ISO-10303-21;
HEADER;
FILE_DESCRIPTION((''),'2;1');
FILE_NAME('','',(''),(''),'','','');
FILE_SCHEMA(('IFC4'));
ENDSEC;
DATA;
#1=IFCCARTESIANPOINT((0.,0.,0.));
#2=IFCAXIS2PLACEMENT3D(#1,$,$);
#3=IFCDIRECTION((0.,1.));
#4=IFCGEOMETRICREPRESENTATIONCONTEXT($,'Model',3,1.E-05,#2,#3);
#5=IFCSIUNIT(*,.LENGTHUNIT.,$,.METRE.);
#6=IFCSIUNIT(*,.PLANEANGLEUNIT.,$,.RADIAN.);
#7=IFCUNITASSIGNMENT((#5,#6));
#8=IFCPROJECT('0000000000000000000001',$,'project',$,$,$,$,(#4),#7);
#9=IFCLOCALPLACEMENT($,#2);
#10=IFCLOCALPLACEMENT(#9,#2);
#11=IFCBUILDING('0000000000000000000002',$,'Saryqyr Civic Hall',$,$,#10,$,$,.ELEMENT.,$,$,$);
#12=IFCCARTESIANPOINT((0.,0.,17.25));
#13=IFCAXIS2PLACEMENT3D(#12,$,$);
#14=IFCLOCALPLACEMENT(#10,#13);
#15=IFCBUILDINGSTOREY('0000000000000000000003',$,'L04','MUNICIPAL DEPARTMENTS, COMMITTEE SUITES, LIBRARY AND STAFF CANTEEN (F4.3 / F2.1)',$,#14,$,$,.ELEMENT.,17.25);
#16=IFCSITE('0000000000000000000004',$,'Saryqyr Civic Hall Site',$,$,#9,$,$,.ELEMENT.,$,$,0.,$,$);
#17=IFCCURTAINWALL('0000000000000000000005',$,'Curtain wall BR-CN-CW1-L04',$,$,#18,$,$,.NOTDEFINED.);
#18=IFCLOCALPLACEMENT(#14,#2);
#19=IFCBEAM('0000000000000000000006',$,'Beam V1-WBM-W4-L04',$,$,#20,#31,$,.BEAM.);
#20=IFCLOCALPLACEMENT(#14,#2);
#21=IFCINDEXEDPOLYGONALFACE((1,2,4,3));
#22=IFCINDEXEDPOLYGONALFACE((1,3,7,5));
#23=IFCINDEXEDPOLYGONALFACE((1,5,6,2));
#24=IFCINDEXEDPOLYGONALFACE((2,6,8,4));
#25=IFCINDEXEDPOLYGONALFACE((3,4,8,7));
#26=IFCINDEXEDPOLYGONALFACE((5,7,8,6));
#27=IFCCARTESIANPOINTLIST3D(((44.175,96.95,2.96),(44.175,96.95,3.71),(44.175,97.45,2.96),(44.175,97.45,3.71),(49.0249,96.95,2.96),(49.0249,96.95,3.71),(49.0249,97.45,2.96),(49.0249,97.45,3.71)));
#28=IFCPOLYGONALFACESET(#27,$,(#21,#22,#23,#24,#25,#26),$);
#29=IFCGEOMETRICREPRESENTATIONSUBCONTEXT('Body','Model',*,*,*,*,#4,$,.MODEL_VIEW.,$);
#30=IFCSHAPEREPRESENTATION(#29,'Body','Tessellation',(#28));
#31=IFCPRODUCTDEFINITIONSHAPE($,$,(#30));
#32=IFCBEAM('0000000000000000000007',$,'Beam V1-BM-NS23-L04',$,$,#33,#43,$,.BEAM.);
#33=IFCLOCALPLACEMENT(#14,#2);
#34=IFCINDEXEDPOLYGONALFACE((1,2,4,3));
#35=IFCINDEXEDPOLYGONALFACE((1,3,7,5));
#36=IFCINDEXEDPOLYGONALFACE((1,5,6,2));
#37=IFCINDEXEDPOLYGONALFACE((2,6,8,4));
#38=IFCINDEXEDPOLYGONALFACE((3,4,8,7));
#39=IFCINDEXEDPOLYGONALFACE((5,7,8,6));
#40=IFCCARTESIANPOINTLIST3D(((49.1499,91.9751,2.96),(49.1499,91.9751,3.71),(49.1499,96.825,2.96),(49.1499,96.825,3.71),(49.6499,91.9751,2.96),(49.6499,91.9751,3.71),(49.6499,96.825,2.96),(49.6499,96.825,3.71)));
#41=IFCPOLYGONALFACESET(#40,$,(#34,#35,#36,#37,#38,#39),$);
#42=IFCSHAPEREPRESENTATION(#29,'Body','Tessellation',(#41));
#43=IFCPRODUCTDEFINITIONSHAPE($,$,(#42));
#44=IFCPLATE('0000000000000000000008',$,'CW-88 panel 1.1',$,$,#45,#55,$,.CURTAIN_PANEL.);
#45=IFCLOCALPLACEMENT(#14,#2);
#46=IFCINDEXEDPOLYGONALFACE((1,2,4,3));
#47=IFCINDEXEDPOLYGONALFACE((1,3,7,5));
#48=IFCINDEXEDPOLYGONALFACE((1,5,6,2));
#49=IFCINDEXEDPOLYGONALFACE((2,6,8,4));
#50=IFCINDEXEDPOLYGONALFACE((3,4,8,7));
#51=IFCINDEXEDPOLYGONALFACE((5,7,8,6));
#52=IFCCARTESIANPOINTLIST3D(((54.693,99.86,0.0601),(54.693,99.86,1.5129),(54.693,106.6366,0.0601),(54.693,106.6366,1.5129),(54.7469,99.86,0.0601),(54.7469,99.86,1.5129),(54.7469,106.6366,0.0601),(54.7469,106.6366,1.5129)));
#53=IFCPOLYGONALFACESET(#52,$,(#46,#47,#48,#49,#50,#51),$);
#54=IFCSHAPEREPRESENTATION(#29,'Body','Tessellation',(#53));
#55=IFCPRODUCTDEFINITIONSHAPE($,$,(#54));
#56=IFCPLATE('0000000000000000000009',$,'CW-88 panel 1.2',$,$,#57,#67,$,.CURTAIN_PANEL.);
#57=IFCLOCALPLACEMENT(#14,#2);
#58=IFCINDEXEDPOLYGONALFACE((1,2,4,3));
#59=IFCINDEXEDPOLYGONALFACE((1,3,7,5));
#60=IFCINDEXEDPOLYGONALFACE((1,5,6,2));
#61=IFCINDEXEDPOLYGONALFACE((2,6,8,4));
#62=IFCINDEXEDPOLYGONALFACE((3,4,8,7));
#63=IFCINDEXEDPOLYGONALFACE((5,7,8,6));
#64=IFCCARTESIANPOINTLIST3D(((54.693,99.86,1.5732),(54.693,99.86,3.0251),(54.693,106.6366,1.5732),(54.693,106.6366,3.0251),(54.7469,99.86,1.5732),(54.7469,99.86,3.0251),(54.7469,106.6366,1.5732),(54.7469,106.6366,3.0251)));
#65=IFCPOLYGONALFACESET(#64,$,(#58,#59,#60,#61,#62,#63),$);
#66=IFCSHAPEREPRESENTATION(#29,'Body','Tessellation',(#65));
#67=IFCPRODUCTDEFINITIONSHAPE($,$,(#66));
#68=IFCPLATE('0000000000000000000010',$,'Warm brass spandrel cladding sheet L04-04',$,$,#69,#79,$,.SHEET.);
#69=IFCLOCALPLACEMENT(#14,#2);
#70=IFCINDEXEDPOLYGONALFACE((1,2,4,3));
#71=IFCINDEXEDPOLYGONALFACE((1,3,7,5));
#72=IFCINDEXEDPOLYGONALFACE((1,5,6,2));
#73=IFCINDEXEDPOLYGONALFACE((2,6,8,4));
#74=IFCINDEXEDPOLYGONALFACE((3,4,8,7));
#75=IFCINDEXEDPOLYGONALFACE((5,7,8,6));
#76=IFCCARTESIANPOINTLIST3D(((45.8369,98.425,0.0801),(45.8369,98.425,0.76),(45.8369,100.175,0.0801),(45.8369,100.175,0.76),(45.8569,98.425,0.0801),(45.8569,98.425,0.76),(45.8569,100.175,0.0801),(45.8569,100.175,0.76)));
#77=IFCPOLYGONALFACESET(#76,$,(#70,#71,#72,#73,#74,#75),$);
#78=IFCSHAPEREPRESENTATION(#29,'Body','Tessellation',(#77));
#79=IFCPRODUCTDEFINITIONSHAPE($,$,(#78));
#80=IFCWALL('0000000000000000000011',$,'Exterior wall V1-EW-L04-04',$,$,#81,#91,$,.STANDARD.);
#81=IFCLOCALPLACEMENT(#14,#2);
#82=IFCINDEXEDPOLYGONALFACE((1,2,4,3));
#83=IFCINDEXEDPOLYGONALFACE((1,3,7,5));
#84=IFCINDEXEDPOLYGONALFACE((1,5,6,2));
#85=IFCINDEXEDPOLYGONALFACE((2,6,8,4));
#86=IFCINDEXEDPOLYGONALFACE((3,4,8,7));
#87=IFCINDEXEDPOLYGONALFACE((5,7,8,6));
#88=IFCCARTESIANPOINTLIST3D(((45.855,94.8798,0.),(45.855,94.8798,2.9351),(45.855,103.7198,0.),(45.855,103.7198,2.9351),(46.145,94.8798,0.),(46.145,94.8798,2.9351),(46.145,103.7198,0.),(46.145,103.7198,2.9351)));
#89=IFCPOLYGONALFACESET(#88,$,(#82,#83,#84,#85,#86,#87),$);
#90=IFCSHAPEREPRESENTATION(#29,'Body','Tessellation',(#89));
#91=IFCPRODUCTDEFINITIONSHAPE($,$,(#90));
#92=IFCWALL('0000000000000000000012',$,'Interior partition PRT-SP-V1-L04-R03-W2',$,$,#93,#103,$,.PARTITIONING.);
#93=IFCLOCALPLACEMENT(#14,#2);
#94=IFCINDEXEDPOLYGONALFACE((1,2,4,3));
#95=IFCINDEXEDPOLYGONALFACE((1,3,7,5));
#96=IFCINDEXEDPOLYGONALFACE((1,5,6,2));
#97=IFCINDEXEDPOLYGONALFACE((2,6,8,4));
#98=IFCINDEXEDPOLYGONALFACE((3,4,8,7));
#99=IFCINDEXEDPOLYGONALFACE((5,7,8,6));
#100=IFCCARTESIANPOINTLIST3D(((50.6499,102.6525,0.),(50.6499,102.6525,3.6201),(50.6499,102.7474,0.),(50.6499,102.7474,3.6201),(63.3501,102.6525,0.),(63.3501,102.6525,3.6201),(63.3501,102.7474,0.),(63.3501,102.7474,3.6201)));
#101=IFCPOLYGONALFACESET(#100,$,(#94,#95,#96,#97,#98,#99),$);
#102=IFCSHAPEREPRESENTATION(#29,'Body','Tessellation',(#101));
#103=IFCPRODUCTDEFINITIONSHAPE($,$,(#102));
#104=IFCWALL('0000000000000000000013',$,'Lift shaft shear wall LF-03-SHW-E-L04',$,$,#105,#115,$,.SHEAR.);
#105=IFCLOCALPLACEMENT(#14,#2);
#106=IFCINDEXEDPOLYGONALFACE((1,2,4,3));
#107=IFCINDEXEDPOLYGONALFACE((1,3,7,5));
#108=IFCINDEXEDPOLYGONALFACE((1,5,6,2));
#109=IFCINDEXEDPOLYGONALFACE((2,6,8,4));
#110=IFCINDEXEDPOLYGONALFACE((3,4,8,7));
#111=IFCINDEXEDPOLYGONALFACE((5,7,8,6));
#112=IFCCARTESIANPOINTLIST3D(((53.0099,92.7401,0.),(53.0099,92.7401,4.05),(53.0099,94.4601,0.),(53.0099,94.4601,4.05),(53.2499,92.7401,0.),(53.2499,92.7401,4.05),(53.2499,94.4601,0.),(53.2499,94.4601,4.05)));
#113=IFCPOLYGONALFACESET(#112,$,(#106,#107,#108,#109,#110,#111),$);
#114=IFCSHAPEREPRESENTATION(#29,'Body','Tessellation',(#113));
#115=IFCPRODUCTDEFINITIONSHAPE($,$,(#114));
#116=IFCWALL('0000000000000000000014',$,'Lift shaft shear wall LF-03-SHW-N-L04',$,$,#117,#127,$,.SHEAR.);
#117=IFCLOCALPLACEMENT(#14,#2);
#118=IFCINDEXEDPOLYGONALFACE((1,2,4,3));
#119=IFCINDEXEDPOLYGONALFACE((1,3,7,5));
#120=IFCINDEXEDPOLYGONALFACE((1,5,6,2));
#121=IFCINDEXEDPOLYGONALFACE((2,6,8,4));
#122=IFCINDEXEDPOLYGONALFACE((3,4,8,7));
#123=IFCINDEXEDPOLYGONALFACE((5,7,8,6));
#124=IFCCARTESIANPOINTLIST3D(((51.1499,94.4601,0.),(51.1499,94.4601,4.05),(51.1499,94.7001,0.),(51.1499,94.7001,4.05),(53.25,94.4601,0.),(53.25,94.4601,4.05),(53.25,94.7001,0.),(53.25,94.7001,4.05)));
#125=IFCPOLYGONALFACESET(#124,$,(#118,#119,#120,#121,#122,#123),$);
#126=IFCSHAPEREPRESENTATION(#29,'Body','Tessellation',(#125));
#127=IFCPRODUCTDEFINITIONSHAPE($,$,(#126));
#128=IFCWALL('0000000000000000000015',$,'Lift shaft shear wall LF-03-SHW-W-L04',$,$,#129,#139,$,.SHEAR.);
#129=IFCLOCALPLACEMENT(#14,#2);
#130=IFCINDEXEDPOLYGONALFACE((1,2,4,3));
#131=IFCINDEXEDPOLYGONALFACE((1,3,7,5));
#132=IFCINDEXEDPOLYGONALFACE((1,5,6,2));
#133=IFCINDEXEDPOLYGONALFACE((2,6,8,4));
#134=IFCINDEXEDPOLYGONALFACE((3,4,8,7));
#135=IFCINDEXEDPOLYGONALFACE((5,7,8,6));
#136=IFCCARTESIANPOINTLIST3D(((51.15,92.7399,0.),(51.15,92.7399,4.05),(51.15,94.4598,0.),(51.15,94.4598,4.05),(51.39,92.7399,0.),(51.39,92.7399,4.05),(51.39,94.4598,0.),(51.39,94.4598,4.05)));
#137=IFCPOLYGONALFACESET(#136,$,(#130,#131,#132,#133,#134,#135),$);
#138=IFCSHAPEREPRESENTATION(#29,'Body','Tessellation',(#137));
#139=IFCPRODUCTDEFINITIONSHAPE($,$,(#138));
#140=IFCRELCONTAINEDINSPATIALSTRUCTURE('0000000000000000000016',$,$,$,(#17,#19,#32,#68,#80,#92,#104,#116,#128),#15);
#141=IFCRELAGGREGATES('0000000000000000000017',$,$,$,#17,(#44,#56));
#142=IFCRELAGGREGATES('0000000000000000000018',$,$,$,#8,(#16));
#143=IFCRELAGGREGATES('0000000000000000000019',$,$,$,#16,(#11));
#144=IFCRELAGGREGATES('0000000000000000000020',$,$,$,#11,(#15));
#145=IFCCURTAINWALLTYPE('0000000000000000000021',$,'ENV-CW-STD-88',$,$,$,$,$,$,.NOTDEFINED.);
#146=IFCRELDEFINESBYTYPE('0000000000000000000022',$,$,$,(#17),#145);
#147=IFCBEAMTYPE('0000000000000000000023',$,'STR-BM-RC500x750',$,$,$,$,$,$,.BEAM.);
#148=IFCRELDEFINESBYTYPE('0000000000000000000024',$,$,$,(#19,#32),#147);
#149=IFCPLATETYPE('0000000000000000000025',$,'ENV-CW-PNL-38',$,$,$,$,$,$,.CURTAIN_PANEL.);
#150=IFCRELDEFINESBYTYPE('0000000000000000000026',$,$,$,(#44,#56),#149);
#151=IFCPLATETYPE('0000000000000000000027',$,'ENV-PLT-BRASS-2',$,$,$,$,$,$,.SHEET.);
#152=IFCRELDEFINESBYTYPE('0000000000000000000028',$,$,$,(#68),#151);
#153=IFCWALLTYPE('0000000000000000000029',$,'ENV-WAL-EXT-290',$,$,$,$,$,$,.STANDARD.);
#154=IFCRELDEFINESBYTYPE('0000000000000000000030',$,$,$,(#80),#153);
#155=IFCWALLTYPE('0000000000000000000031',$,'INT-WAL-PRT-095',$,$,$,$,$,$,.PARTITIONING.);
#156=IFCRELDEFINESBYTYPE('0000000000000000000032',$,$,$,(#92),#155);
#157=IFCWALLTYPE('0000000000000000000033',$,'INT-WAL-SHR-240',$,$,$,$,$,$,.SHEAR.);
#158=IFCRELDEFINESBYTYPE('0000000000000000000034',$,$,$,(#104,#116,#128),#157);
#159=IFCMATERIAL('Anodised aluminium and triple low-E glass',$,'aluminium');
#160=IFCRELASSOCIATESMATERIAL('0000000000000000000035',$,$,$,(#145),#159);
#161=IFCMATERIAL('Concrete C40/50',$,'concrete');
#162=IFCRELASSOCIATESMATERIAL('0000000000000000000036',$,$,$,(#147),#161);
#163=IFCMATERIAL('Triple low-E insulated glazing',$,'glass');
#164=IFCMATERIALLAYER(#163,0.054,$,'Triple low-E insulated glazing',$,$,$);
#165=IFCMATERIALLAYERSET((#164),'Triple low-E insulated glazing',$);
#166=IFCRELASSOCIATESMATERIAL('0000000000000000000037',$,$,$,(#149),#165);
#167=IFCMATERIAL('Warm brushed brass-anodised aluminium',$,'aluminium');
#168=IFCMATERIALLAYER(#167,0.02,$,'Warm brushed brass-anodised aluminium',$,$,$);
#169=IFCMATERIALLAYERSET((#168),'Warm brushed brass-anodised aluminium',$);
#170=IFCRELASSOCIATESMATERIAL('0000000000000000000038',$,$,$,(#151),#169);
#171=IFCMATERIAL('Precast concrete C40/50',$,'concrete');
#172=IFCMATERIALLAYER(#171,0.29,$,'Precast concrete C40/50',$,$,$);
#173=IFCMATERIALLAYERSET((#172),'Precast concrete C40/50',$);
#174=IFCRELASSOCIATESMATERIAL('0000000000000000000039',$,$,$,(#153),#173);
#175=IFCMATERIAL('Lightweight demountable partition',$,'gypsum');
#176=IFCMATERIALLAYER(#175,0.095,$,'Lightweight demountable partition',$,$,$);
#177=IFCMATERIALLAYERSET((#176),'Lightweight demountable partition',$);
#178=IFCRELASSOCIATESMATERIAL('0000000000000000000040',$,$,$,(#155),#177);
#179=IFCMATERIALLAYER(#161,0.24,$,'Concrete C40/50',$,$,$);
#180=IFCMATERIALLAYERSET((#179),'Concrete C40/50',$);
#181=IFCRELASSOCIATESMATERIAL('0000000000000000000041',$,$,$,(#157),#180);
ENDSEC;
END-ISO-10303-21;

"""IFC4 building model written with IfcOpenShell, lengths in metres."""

from ifc_helpers import new_model, si_unit, direction, frame, frame_2d, origin, origin_2d, place, context, subcontext, project, spatial, rectangle, extrude, material, layer, layer_set, material_profile, profile_set, type_object, element, aggregate, save


model = new_model("IFC4")

# Units and contexts
model_context = context("Model", 3, precision=1e-05, world=origin(), true_north=direction((0.0, 1.0)))
body_context = subcontext(model_context, "Body", "Model", "MODEL_VIEW")
ifc_project = project(units=[si_unit("LENGTHUNIT", "METRE"), si_unit("PLANEANGLEUNIT", "RADIAN")], contexts=[model_context])

# Site, building, storey
site_placement = place(None, origin())
site = spatial("IfcSite", under=ifc_project, at=site_placement, Name="Saryqyr Civic Hall Site", CompositionType="ELEMENT", RefElevation=0.0)
building_placement = place(site_placement, origin())
building = spatial("IfcBuilding", under=site, at=building_placement, Name="Saryqyr Civic Hall", CompositionType="ELEMENT")
storey_placement = place(building_placement, frame((0.0, 0.0, 17.25)))
storey = spatial("IfcBuildingStorey", under=building, at=storey_placement, Name="L04", Description="MUNICIPAL DEPARTMENTS, COMMITTEE SUITES, LIBRARY AND STAFF CANTEEN (F4.3 / F2.1)", CompositionType="ELEMENT", Elevation=17.25)

# Shared definitions
ifc_material_1 = material(Name="Concrete C40/50", Category="concrete")

# Curtain wall
ifc_material_2 = material(Name="Anodised aluminium and triple low-E glass", Category="aluminium")
curtain_wall_type = type_object("IfcCurtainWallType", Name="ENV-CW-STD-88", PredefinedType="NOTDEFINED", material=ifc_material_2)
curtain_wall_placement = place(storey_placement, origin())
curtain_wall = element("IfcCurtainWall", 1, at=curtain_wall_placement, inside=storey, type_object=curtain_wall_type, Name="Curtain wall BR-CN-CW1-L04", PredefinedType="NOTDEFINED")

# Beams
ifc_material_profile_1 = material_profile(ifc_material_1, rectangle(XDim=0.5, YDim=0.75, at=origin_2d()), Name="RC 500x750")
ifc_profile_set_1 = profile_set([ifc_material_profile_1], Name="Concrete C40/50")
beam_type_1 = type_object("IfcBeamType", Name="STR-BM-RC500x750", PredefinedType="BEAM", material=ifc_profile_set_1)
for number, where, z_axis, x_axis, name in (
    (2, (44.175, 97.2, 3.335), (1.0, 0.0, 0.0), (0.0, 1.0, 0.0), "Beam V1-WBM-W4-L04"),
    (3, (49.3999, 91.9751, 3.335), (0.0, 1.0, 0.0), (-1.0, 0.0, 0.0), "Beam V1-BM-NS23-L04"),
):
    element("IfcBeam", number, at=place(storey_placement, frame(where, z_axis=z_axis, x_axis=x_axis)), inside=storey, type_object=beam_type_1, Name=name, PredefinedType="BEAM", context=body_context, shape_type="SweptSolid", body=[
        extrude(rectangle(XDim=0.5, YDim=0.75, at=origin_2d()), origin(), (0.0, 0.0, 1.0), 4.8499),
    ])

# Plates
ifc_material_3 = material(Name="Triple low-E insulated glazing", Category="glass")
ifc_layer_1 = layer(ifc_material_3, 0.054, Name="Triple low-E insulated glazing")
ifc_layer_set_1 = layer_set([ifc_layer_1], Name="Triple low-E insulated glazing")
plate_type_1 = type_object("IfcPlateType", Name="ENV-CW-PNL-38", PredefinedType="CURTAIN_PANEL", material=ifc_layer_set_1)
plate_1_placement = place(storey_placement, frame((54.72, 103.2483, 0.0601), z_axis=(0.0, 0.0, 1.0), x_axis=(0.0, 1.0, 0.0)))
plate_1 = element("IfcPlate", 4, at=plate_1_placement, type_object=plate_type_1, Name="CW-88 panel 1.1", PredefinedType="CURTAIN_PANEL", context=body_context, shape_type="SweptSolid", body=[
    extrude(rectangle(XDim=6.7766, YDim=0.054, at=origin_2d()), origin(), (0.0, 0.0, 1.0), 1.4529),
])
plate_2_placement = place(storey_placement, frame((54.72, 103.2483, 1.5732), z_axis=(0.0, 0.0, 1.0), x_axis=(0.0, 1.0, 0.0)))
plate_2 = element("IfcPlate", 5, at=plate_2_placement, type_object=plate_type_1, Name="CW-88 panel 1.2", PredefinedType="CURTAIN_PANEL", context=body_context, shape_type="SweptSolid", body=[
    extrude(rectangle(XDim=6.7766, YDim=0.054, at=origin_2d()), origin(), (0.0, 0.0, 1.0), 1.4519),
])
aggregate(curtain_wall, [plate_1, plate_2])
ifc_material_4 = material(Name="Warm brushed brass-anodised aluminium", Category="aluminium")
ifc_layer_2 = layer(ifc_material_4, 0.02, Name="Warm brushed brass-anodised aluminium")
ifc_layer_set_2 = layer_set([ifc_layer_2], Name="Warm brushed brass-anodised aluminium")
plate_type_2 = type_object("IfcPlateType", Name="ENV-PLT-BRASS-2", PredefinedType="SHEET", material=ifc_layer_set_2)
plate_3_placement = place(storey_placement, frame((45.8469, 99.3, 0.0801), z_axis=(0.0, 0.0, 1.0), x_axis=(0.0, 1.0, 0.0)))
element("IfcPlate", 6, at=plate_3_placement, inside=storey, type_object=plate_type_2, Name="Warm brass spandrel cladding sheet L04-04", PredefinedType="SHEET", context=body_context, shape_type="SweptSolid", body=[
    extrude(rectangle(XDim=1.75, YDim=0.02, at=origin_2d()), origin(), (0.0, 0.0, 1.0), 0.6799),
])

# Walls
ifc_material_5 = material(Name="Precast concrete C40/50", Category="concrete")
ifc_layer_3 = layer(ifc_material_5, 0.29, Name="Precast concrete C40/50")
ifc_layer_set_3 = layer_set([ifc_layer_3], Name="Precast concrete C40/50")
wall_type_1 = type_object("IfcWallType", Name="ENV-WAL-EXT-290", PredefinedType="STANDARD", material=ifc_layer_set_3)
wall_1_placement = place(storey_placement, frame((46.0, 94.8799, 0.0), z_axis=(0.0, 0.0, 1.0), x_axis=(0.0, 1.0, 0.0)))
element("IfcWall", 7, at=wall_1_placement, inside=storey, type_object=wall_type_1, Name="Exterior wall V1-EW-L04-04", PredefinedType="STANDARD", context=body_context, shape_type="SweptSolid", body=[
    extrude(rectangle(XDim=8.8401, YDim=0.29, at=frame_2d((4.4199, 0.0))), origin(), (0.0, 0.0, 1.0), 2.9351),
])
ifc_material_6 = material(Name="Lightweight demountable partition", Category="gypsum")
ifc_layer_4 = layer(ifc_material_6, 0.095, Name="Lightweight demountable partition")
ifc_layer_set_4 = layer_set([ifc_layer_4], Name="Lightweight demountable partition")
wall_type_2 = type_object("IfcWallType", Name="INT-WAL-PRT-095", PredefinedType="PARTITIONING", material=ifc_layer_set_4)
wall_2_placement = place(storey_placement, frame((50.6499, 102.7, 0.0), z_axis=(0.0, 0.0, 1.0), x_axis=(1.0, 0.0, 0.0)))
element("IfcWall", 8, at=wall_2_placement, inside=storey, type_object=wall_type_2, Name="Interior partition PRT-SP-V1-L04-R03-W2", PredefinedType="PARTITIONING", context=body_context, shape_type="SweptSolid", body=[
    extrude(rectangle(XDim=12.7002, YDim=0.095, at=frame_2d((6.3501, 0.0))), origin(), (0.0, 0.0, 1.0), 3.6201),
])

# Shared definitions
ifc_layer_5 = layer(ifc_material_1, 0.24, Name="Concrete C40/50")
ifc_layer_set_5 = layer_set([ifc_layer_5], Name="Concrete C40/50")
wall_type_3 = type_object("IfcWallType", Name="INT-WAL-SHR-240", PredefinedType="SHEAR", material=ifc_layer_set_5)

# Walls
wall_3_placement = place(storey_placement, frame((53.1299, 94.46, 0.0), z_axis=(0.0, 0.0, 1.0), x_axis=(0.0, -1.0, 0.0)))
element("IfcWall", 9, at=wall_3_placement, inside=storey, type_object=wall_type_3, Name="Lift shaft shear wall LF-03-SHW-E-L04", PredefinedType="SHEAR", context=body_context, shape_type="SweptSolid", body=[
    extrude(rectangle(XDim=1.72, YDim=0.24, at=frame_2d((0.8599, 0.0))), origin(), (0.0, 0.0, 1.0), 4.05),
])
wall_4_placement = place(storey_placement, frame((51.1499, 94.5801, 0.0), z_axis=(0.0, 0.0, 1.0), x_axis=(1.0, 0.0, 0.0)))
element("IfcWall", 10, at=wall_4_placement, inside=storey, type_object=wall_type_3, Name="Lift shaft shear wall LF-03-SHW-N-L04", PredefinedType="SHEAR", context=body_context, shape_type="SweptSolid", body=[
    extrude(rectangle(XDim=2.1001, YDim=0.24, at=frame_2d((1.05, 0.0))), origin(), (0.0, 0.0, 1.0), 4.05),
])
wall_5_placement = place(storey_placement, frame((51.27, 92.74, 0.0), z_axis=(0.0, 0.0, 1.0), x_axis=(0.0, 1.0, 0.0)))
element("IfcWall", 11, at=wall_5_placement, inside=storey, type_object=wall_type_3, Name="Lift shaft shear wall LF-03-SHW-W-L04", PredefinedType="SHEAR", context=body_context, shape_type="SweptSolid", body=[
    extrude(rectangle(XDim=1.72, YDim=0.24, at=frame_2d((0.8599, 0.0))), origin(), (0.0, 0.0, 1.0), 4.05),
])

save(model, "model.ifc")
